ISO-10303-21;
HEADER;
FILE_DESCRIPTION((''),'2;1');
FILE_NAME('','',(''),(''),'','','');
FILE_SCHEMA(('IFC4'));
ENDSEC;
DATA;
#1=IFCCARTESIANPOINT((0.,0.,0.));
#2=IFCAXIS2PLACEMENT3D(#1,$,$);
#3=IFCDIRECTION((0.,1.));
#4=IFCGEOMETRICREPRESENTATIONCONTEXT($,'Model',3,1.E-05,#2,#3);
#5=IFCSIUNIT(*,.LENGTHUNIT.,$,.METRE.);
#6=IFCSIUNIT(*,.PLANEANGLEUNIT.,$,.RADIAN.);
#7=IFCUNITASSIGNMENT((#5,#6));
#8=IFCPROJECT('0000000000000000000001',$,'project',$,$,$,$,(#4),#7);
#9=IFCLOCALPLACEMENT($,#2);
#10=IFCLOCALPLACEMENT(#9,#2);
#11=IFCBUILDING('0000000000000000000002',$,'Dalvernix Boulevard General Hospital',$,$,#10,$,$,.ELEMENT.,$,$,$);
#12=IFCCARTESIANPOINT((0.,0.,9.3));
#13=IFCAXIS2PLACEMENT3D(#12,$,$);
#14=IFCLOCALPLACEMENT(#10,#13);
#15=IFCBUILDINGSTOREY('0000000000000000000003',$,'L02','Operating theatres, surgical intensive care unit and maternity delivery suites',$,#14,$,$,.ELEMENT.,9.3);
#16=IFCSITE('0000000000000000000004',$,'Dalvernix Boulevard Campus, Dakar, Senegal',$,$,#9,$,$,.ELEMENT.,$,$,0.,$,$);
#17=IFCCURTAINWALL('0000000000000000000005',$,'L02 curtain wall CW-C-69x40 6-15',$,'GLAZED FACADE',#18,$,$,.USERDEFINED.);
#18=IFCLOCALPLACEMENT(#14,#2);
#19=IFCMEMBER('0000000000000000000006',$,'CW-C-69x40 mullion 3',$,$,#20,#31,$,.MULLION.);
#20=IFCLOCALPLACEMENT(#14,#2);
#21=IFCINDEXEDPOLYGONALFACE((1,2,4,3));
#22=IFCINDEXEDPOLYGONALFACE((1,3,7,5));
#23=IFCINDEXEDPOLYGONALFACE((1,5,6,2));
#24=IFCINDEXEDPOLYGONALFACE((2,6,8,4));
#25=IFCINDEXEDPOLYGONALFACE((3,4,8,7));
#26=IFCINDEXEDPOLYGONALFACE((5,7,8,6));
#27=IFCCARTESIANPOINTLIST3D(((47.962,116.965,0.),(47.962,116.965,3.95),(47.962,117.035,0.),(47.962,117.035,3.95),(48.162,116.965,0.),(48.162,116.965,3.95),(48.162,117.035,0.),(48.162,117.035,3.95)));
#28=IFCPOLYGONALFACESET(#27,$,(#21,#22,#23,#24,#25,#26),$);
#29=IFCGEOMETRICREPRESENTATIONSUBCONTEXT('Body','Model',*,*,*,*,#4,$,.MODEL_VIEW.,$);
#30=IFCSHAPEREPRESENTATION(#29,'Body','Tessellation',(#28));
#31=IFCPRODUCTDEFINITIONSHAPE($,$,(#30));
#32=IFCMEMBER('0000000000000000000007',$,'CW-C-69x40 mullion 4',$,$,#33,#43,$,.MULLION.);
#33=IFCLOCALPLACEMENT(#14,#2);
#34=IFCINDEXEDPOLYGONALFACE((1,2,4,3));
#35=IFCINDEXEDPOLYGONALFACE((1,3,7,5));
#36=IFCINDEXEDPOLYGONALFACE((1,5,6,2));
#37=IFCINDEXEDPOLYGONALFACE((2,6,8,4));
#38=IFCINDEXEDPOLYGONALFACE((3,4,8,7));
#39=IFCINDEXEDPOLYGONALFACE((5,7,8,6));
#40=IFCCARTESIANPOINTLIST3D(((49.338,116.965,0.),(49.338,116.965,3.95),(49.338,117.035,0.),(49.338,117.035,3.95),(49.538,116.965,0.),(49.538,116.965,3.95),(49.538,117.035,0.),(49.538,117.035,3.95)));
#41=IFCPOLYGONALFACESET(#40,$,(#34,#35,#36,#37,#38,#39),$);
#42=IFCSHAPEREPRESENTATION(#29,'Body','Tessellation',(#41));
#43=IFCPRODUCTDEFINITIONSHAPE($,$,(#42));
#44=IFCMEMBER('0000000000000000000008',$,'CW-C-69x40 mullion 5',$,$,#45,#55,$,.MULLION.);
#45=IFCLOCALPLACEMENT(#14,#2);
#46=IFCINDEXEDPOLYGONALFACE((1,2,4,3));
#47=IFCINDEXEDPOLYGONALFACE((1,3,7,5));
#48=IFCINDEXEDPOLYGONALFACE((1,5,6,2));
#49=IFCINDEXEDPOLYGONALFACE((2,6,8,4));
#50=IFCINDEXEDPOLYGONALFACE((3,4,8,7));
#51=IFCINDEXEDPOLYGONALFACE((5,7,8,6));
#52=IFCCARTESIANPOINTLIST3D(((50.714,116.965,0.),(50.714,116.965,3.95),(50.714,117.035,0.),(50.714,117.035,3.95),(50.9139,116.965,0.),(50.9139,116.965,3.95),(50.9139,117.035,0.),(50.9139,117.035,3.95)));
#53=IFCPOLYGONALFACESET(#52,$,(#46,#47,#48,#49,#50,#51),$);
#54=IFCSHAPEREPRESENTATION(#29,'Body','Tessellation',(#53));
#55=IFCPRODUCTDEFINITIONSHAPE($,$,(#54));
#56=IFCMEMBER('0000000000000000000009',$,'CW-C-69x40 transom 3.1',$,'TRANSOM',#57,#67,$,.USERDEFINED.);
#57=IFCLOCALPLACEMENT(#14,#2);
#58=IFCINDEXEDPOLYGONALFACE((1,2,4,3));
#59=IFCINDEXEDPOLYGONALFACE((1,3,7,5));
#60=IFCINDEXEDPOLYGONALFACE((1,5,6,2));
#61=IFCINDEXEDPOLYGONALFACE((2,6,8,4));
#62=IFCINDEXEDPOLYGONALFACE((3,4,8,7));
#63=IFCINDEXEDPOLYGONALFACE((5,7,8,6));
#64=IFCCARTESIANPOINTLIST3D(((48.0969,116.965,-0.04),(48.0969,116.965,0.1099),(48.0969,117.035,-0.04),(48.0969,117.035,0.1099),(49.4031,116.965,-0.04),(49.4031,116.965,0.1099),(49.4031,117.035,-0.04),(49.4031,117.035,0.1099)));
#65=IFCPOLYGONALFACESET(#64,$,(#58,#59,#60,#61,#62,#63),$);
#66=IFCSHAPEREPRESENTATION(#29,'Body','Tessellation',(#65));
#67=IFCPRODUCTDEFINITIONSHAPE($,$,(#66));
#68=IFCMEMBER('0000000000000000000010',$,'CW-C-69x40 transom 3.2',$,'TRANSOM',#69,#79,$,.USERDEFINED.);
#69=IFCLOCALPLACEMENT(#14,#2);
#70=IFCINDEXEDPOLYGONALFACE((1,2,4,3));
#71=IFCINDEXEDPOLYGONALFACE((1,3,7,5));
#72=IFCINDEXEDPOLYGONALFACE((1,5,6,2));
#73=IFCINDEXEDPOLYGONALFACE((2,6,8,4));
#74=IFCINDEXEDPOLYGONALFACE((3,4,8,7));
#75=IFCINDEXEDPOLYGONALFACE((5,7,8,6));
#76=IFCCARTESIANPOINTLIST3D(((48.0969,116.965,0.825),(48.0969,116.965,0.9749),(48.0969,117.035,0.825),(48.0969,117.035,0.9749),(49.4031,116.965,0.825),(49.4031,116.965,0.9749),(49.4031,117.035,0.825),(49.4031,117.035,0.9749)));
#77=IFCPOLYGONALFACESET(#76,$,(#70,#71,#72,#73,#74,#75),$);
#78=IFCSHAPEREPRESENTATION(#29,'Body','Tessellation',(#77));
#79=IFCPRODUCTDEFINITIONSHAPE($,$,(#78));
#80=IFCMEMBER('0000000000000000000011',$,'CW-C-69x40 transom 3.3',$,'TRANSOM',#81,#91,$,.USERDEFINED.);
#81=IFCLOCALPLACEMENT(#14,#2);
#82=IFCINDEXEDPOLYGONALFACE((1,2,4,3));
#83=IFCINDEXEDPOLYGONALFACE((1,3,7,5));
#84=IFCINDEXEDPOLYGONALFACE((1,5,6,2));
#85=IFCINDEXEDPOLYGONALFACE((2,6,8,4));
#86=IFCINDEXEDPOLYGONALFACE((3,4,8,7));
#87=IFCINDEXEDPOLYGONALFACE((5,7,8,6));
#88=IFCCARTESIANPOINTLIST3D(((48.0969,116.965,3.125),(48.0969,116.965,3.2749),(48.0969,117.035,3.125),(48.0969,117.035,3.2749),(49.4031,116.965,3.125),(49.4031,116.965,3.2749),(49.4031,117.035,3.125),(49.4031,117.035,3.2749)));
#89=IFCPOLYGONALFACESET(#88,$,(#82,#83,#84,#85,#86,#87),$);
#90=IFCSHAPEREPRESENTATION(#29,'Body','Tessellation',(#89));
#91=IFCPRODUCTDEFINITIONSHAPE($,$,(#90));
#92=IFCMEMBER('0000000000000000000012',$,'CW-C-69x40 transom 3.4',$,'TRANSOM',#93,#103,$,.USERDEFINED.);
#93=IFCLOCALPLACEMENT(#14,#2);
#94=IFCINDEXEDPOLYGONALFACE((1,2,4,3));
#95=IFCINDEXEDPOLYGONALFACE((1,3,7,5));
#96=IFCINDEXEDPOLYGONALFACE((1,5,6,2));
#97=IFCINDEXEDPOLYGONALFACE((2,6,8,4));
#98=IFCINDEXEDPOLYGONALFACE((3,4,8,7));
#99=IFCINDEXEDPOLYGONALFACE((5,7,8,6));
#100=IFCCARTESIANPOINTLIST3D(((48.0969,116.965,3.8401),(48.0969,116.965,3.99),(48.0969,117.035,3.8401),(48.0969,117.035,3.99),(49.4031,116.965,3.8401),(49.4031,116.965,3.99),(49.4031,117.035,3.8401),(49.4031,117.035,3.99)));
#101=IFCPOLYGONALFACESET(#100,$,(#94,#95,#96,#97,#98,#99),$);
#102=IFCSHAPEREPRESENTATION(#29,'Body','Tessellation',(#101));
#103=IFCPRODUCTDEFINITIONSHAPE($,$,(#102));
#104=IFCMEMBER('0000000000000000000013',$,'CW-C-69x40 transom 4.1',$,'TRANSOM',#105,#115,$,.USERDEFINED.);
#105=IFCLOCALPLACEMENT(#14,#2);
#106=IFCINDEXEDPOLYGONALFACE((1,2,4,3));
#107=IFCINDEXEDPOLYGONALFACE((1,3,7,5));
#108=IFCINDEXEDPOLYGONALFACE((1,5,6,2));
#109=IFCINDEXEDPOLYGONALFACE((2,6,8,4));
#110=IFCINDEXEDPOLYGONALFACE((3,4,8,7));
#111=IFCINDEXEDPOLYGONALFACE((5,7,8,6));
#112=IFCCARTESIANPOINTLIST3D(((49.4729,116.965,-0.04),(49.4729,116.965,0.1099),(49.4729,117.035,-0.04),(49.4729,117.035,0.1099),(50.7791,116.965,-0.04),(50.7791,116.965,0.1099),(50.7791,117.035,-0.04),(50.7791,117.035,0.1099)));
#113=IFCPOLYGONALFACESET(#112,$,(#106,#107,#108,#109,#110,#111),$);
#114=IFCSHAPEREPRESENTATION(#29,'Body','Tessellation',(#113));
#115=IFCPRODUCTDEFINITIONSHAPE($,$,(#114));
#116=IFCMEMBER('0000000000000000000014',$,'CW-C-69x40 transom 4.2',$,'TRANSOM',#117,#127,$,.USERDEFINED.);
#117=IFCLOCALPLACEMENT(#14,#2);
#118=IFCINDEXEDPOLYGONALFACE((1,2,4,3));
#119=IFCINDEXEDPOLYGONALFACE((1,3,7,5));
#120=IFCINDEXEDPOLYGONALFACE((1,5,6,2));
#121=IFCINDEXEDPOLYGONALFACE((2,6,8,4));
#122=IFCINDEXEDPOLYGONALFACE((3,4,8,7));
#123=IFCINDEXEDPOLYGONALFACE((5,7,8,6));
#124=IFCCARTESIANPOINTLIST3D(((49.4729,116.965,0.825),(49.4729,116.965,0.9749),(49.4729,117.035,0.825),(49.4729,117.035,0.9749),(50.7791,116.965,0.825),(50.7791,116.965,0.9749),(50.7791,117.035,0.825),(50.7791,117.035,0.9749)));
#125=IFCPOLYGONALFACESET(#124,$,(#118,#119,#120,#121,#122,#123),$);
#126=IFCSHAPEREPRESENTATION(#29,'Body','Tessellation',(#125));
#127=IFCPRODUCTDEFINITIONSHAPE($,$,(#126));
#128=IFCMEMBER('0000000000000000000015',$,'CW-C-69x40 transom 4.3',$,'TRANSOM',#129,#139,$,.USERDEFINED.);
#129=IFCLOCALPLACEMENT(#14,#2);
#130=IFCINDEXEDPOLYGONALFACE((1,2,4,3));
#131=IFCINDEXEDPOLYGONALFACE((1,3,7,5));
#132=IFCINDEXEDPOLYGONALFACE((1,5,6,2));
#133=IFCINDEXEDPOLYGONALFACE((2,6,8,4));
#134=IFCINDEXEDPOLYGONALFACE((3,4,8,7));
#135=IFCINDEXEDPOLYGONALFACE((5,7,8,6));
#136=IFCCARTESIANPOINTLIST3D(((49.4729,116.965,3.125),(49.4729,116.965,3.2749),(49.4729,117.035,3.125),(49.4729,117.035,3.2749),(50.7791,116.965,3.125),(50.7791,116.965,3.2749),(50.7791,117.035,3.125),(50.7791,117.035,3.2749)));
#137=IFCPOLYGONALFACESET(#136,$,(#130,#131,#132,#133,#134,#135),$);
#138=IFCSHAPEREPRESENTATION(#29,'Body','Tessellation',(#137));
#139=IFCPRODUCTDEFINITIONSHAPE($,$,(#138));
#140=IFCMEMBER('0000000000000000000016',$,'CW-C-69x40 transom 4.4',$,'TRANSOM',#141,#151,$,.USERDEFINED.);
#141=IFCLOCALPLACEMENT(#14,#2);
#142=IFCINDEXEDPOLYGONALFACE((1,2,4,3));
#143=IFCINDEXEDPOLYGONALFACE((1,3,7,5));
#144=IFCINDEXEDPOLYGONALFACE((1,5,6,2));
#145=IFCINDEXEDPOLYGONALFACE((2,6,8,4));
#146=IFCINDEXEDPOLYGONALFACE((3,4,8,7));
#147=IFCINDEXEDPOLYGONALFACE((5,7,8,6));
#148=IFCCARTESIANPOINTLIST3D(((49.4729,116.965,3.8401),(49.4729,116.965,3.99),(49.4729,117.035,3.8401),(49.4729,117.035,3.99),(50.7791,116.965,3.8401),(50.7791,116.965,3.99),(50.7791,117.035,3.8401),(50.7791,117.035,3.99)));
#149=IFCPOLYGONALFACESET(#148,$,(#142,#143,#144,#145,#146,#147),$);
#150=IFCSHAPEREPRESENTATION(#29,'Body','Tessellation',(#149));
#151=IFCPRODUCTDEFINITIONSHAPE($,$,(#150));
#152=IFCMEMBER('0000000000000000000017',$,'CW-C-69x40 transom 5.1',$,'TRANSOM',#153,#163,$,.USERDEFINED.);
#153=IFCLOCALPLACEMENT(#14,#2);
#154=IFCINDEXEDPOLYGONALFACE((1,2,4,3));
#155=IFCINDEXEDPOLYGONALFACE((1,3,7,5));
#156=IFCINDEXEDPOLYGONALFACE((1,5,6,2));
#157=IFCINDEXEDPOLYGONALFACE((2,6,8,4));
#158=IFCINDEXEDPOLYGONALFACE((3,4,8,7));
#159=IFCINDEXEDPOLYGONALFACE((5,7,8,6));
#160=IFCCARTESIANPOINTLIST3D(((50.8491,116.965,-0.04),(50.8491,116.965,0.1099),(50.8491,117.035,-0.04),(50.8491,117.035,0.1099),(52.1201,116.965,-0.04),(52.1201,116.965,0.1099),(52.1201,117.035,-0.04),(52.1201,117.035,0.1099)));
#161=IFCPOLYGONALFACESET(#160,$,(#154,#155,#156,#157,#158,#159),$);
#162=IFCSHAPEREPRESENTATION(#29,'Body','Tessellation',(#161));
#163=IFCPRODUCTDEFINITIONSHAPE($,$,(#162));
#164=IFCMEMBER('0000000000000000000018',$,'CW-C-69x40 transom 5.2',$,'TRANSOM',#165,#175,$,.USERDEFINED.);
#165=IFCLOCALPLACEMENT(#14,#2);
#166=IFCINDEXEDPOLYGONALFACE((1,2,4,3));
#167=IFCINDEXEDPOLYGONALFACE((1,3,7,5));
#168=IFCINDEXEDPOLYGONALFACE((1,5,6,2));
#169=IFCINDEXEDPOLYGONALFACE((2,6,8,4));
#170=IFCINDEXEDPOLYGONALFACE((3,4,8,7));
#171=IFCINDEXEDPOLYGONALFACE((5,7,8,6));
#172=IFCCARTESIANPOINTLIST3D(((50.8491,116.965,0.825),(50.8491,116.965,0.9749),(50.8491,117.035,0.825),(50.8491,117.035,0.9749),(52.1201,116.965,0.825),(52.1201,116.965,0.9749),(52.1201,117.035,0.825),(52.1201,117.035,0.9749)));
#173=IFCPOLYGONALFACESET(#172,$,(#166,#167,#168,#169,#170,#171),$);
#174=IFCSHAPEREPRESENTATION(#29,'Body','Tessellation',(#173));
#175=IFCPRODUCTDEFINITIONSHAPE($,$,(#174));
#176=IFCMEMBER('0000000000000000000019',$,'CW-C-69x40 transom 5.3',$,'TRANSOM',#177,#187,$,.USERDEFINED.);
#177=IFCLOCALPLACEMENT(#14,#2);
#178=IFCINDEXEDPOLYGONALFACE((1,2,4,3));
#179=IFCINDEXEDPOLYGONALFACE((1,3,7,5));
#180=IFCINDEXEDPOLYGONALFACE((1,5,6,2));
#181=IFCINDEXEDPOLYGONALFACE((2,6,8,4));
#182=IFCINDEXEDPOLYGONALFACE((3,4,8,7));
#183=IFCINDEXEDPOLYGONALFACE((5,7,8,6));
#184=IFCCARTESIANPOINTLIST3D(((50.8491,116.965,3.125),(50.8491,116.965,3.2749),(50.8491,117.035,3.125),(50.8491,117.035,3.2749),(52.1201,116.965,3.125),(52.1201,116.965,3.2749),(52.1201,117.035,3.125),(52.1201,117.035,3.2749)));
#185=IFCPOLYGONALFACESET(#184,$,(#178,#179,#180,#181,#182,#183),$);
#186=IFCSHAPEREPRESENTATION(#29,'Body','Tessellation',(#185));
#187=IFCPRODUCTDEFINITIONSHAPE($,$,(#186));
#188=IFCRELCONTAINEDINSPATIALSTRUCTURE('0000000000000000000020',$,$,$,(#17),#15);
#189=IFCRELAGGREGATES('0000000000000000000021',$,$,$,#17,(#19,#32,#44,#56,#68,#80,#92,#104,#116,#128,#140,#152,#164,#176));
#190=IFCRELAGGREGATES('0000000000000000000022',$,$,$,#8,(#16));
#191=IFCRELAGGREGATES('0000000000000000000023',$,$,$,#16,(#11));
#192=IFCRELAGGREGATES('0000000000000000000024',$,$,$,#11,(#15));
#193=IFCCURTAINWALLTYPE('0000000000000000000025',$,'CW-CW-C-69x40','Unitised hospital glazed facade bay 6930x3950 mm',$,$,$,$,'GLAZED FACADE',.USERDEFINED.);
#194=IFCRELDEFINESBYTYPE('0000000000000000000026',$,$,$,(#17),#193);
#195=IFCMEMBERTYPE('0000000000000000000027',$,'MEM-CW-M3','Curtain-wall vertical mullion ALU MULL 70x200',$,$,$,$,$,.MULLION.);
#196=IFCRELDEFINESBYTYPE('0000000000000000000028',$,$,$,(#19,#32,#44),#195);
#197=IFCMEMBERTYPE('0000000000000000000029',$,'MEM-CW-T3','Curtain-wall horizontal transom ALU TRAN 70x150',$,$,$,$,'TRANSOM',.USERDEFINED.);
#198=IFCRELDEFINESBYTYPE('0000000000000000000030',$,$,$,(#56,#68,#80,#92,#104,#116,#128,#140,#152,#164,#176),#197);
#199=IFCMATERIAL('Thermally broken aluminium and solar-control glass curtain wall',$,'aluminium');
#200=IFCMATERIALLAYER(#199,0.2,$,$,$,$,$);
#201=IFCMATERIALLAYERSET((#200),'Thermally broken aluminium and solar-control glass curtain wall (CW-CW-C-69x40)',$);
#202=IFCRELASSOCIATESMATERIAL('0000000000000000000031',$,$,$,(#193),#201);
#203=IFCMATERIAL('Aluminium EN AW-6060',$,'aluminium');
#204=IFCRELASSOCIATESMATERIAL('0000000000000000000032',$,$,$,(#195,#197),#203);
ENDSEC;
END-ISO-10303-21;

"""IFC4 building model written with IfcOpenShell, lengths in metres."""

from ifc_helpers import new_model, si_unit, direction, frame, origin, origin_2d, place, context, subcontext, project, spatial, rectangle, extrude, material, layer, layer_set, material_profile, profile_set, type_object, element, aggregate, save


model = new_model("IFC4")

# Units and contexts
model_context = context("Model", 3, precision=1e-05, world=origin(), true_north=direction((0.0, 1.0)))
body_context = subcontext(model_context, "Body", "Model", "MODEL_VIEW")
ifc_project = project(units=[si_unit("LENGTHUNIT", "METRE"), si_unit("PLANEANGLEUNIT", "RADIAN")], contexts=[model_context])

# Site, building, storey
site_placement = place(None, origin())
site = spatial("IfcSite", under=ifc_project, at=site_placement, Name="Dalvernix Boulevard Campus, Dakar, Senegal", CompositionType="ELEMENT", RefElevation=0.0)
building_placement = place(site_placement, origin())
building = spatial("IfcBuilding", under=site, at=building_placement, Name="Dalvernix Boulevard General Hospital", CompositionType="ELEMENT")
storey_placement = place(building_placement, frame((0.0, 0.0, 9.3)))
storey = spatial("IfcBuildingStorey", under=building, at=storey_placement, Name="L02", Description="Operating theatres, surgical intensive care unit and maternity delivery suites", CompositionType="ELEMENT", Elevation=9.3)

# Curtain wall, members
ifc_material_1 = material(Name="Thermally broken aluminium and solar-control glass curtain wall", Category="aluminium")
ifc_layer_1 = layer(ifc_material_1, 0.2)
ifc_layer_set_1 = layer_set([ifc_layer_1], Name="Thermally broken aluminium and solar-control glass curtain wall (CW-CW-C-69x40)")
curtain_wall_type = type_object("IfcCurtainWallType", Name="CW-CW-C-69x40", Description="Unitised hospital glazed facade bay 6930x3950 mm", ElementType="GLAZED FACADE", PredefinedType="USERDEFINED", material=ifc_layer_set_1)
curtain_wall_placement = place(storey_placement, origin())
curtain_wall = element("IfcCurtainWall", 1, at=curtain_wall_placement, inside=storey, type_object=curtain_wall_type, Name="L02 curtain wall CW-C-69x40 6-15", ObjectType="GLAZED FACADE", PredefinedType="USERDEFINED")
ifc_material_2 = material(Name="Aluminium EN AW-6060", Category="aluminium")
ifc_material_profile_1 = material_profile(ifc_material_2, rectangle(XDim=0.0701, YDim=0.2, at=origin_2d()), Name="ALU MULL 70x200")
ifc_profile_set_1 = profile_set([ifc_material_profile_1], Name="Aluminium EN AW-6060")
member_type_1 = type_object("IfcMemberType", Name="MEM-CW-M3", Description="Curtain-wall vertical mullion ALU MULL 70x200", PredefinedType="MULLION", material=ifc_profile_set_1)
member_1_placement = place(storey_placement, frame((48.062, 117.0, 0.0), z_axis=(0.0, 0.0, 1.0), x_axis=(0.0, 1.0, 0.0)))
member_1 = element("IfcMember", 2, at=member_1_placement, type_object=member_type_1, Name="CW-C-69x40 mullion 3", PredefinedType="MULLION", context=body_context, shape_type="SweptSolid", body=[
    extrude(rectangle(XDim=0.0701, YDim=0.2, at=origin_2d()), origin(), (0.0, 0.0, 1.0), 3.95),
])
member_2_placement = place(storey_placement, frame((49.438, 117.0, 0.0), z_axis=(0.0, 0.0, 1.0), x_axis=(0.0, 1.0, 0.0)))
member_2 = element("IfcMember", 3, at=member_2_placement, type_object=member_type_1, Name="CW-C-69x40 mullion 4", PredefinedType="MULLION", context=body_context, shape_type="SweptSolid", body=[
    extrude(rectangle(XDim=0.0701, YDim=0.2, at=origin_2d()), origin(), (0.0, 0.0, 1.0), 3.95),
])
member_3_placement = place(storey_placement, frame((50.814, 117.0, 0.0), z_axis=(0.0, 0.0, 1.0), x_axis=(0.0, 1.0, 0.0)))
member_3 = element("IfcMember", 4, at=member_3_placement, type_object=member_type_1, Name="CW-C-69x40 mullion 5", PredefinedType="MULLION", context=body_context, shape_type="SweptSolid", body=[
    extrude(rectangle(XDim=0.0701, YDim=0.2, at=origin_2d()), origin(), (0.0, 0.0, 1.0), 3.95),
])
ifc_material_profile_2 = material_profile(ifc_material_2, rectangle(XDim=0.0701, YDim=0.1499, at=origin_2d()), Name="ALU TRAN 70x150")
ifc_profile_set_2 = profile_set([ifc_material_profile_2], Name="Aluminium EN AW-6060")
member_type_2 = type_object("IfcMemberType", Name="MEM-CW-T3", Description="Curtain-wall horizontal transom ALU TRAN 70x150", ElementType="TRANSOM", PredefinedType="USERDEFINED", material=ifc_profile_set_2)
member_4_placement = place(storey_placement, frame((48.0969, 117.0, 0.0349), z_axis=(1.0, 0.0, 0.0), x_axis=(0.0, 1.0, 0.0)))
member_4 = element("IfcMember", 5, at=member_4_placement, type_object=member_type_2, Name="CW-C-69x40 transom 3.1", ObjectType="TRANSOM", PredefinedType="USERDEFINED", context=body_context, shape_type="SweptSolid", body=[
    extrude(rectangle(XDim=0.0701, YDim=0.1499, at=origin_2d()), origin(), (0.0, 0.0, 1.0), 1.3062),
])
member_5_placement = place(storey_placement, frame((48.0969, 117.0, 0.8999), z_axis=(1.0, 0.0, 0.0), x_axis=(0.0, 1.0, 0.0)))
member_5 = element("IfcMember", 6, at=member_5_placement, type_object=member_type_2, Name="CW-C-69x40 transom 3.2", ObjectType="TRANSOM", PredefinedType="USERDEFINED", context=body_context, shape_type="SweptSolid", body=[
    extrude(rectangle(XDim=0.0701, YDim=0.1499, at=origin_2d()), origin(), (0.0, 0.0, 1.0), 1.3062),
])
member_6_placement = place(storey_placement, frame((48.0969, 117.0, 3.2), z_axis=(1.0, 0.0, 0.0), x_axis=(0.0, 1.0, 0.0)))
member_6 = element("IfcMember", 7, at=member_6_placement, type_object=member_type_2, Name="CW-C-69x40 transom 3.3", ObjectType="TRANSOM", PredefinedType="USERDEFINED", context=body_context, shape_type="SweptSolid", body=[
    extrude(rectangle(XDim=0.0701, YDim=0.1499, at=origin_2d()), origin(), (0.0, 0.0, 1.0), 1.3062),
])
member_7_placement = place(storey_placement, frame((48.0969, 117.0, 3.915), z_axis=(1.0, 0.0, 0.0), x_axis=(0.0, 1.0, 0.0)))
member_7 = element("IfcMember", 8, at=member_7_placement, type_object=member_type_2, Name="CW-C-69x40 transom 3.4", ObjectType="TRANSOM", PredefinedType="USERDEFINED", context=body_context, shape_type="SweptSolid", body=[
    extrude(rectangle(XDim=0.0701, YDim=0.1499, at=origin_2d()), origin(), (0.0, 0.0, 1.0), 1.3062),
])
member_8_placement = place(storey_placement, frame((49.4729, 117.0, 0.0349), z_axis=(1.0, 0.0, 0.0), x_axis=(0.0, 1.0, 0.0)))
member_8 = element("IfcMember", 9, at=member_8_placement, type_object=member_type_2, Name="CW-C-69x40 transom 4.1", ObjectType="TRANSOM", PredefinedType="USERDEFINED", context=body_context, shape_type="SweptSolid", body=[
    extrude(rectangle(XDim=0.0701, YDim=0.1499, at=origin_2d()), origin(), (0.0, 0.0, 1.0), 1.3062),
])
member_9_placement = place(storey_placement, frame((49.4729, 117.0, 0.8999), z_axis=(1.0, 0.0, 0.0), x_axis=(0.0, 1.0, 0.0)))
member_9 = element("IfcMember", 10, at=member_9_placement, type_object=member_type_2, Name="CW-C-69x40 transom 4.2", ObjectType="TRANSOM", PredefinedType="USERDEFINED", context=body_context, shape_type="SweptSolid", body=[
    extrude(rectangle(XDim=0.0701, YDim=0.1499, at=origin_2d()), origin(), (0.0, 0.0, 1.0), 1.3062),
])
member_10_placement = place(storey_placement, frame((49.4729, 117.0, 3.2), z_axis=(1.0, 0.0, 0.0), x_axis=(0.0, 1.0, 0.0)))
member_10 = element("IfcMember", 11, at=member_10_placement, type_object=member_type_2, Name="CW-C-69x40 transom 4.3", ObjectType="TRANSOM", PredefinedType="USERDEFINED", context=body_context, shape_type="SweptSolid", body=[
    extrude(rectangle(XDim=0.0701, YDim=0.1499, at=origin_2d()), origin(), (0.0, 0.0, 1.0), 1.3062),
])
member_11_placement = place(storey_placement, frame((49.4729, 117.0, 3.915), z_axis=(1.0, 0.0, 0.0), x_axis=(0.0, 1.0, 0.0)))
member_11 = element("IfcMember", 12, at=member_11_placement, type_object=member_type_2, Name="CW-C-69x40 transom 4.4", ObjectType="TRANSOM", PredefinedType="USERDEFINED", context=body_context, shape_type="SweptSolid", body=[
    extrude(rectangle(XDim=0.0701, YDim=0.1499, at=origin_2d()), origin(), (0.0, 0.0, 1.0), 1.3062),
])
member_12_placement = place(storey_placement, frame((50.8491, 117.0, 0.0349), z_axis=(1.0, 0.0, 0.0), x_axis=(0.0, 1.0, 0.0)))
member_12 = element("IfcMember", 13, at=member_12_placement, type_object=member_type_2, Name="CW-C-69x40 transom 5.1", ObjectType="TRANSOM", PredefinedType="USERDEFINED", context=body_context, shape_type="SweptSolid", body=[
    extrude(rectangle(XDim=0.0701, YDim=0.1499, at=origin_2d()), origin(), (0.0, 0.0, 1.0), 1.271),
])
member_13_placement = place(storey_placement, frame((50.8491, 117.0, 0.8999), z_axis=(1.0, 0.0, 0.0), x_axis=(0.0, 1.0, 0.0)))
member_13 = element("IfcMember", 14, at=member_13_placement, type_object=member_type_2, Name="CW-C-69x40 transom 5.2", ObjectType="TRANSOM", PredefinedType="USERDEFINED", context=body_context, shape_type="SweptSolid", body=[
    extrude(rectangle(XDim=0.0701, YDim=0.1499, at=origin_2d()), origin(), (0.0, 0.0, 1.0), 1.271),
])
member_14_placement = place(storey_placement, frame((50.8491, 117.0, 3.2), z_axis=(1.0, 0.0, 0.0), x_axis=(0.0, 1.0, 0.0)))
member_14 = element("IfcMember", 15, at=member_14_placement, type_object=member_type_2, Name="CW-C-69x40 transom 5.3", ObjectType="TRANSOM", PredefinedType="USERDEFINED", context=body_context, shape_type="SweptSolid", body=[
    extrude(rectangle(XDim=0.0701, YDim=0.1499, at=origin_2d()), origin(), (0.0, 0.0, 1.0), 1.271),
])
aggregate(curtain_wall, [member_1, member_2, member_3, member_4, member_5, member_6, member_7, member_8, member_9, member_10, member_11, member_12, member_13, member_14])

save(model, "model.ifc")
